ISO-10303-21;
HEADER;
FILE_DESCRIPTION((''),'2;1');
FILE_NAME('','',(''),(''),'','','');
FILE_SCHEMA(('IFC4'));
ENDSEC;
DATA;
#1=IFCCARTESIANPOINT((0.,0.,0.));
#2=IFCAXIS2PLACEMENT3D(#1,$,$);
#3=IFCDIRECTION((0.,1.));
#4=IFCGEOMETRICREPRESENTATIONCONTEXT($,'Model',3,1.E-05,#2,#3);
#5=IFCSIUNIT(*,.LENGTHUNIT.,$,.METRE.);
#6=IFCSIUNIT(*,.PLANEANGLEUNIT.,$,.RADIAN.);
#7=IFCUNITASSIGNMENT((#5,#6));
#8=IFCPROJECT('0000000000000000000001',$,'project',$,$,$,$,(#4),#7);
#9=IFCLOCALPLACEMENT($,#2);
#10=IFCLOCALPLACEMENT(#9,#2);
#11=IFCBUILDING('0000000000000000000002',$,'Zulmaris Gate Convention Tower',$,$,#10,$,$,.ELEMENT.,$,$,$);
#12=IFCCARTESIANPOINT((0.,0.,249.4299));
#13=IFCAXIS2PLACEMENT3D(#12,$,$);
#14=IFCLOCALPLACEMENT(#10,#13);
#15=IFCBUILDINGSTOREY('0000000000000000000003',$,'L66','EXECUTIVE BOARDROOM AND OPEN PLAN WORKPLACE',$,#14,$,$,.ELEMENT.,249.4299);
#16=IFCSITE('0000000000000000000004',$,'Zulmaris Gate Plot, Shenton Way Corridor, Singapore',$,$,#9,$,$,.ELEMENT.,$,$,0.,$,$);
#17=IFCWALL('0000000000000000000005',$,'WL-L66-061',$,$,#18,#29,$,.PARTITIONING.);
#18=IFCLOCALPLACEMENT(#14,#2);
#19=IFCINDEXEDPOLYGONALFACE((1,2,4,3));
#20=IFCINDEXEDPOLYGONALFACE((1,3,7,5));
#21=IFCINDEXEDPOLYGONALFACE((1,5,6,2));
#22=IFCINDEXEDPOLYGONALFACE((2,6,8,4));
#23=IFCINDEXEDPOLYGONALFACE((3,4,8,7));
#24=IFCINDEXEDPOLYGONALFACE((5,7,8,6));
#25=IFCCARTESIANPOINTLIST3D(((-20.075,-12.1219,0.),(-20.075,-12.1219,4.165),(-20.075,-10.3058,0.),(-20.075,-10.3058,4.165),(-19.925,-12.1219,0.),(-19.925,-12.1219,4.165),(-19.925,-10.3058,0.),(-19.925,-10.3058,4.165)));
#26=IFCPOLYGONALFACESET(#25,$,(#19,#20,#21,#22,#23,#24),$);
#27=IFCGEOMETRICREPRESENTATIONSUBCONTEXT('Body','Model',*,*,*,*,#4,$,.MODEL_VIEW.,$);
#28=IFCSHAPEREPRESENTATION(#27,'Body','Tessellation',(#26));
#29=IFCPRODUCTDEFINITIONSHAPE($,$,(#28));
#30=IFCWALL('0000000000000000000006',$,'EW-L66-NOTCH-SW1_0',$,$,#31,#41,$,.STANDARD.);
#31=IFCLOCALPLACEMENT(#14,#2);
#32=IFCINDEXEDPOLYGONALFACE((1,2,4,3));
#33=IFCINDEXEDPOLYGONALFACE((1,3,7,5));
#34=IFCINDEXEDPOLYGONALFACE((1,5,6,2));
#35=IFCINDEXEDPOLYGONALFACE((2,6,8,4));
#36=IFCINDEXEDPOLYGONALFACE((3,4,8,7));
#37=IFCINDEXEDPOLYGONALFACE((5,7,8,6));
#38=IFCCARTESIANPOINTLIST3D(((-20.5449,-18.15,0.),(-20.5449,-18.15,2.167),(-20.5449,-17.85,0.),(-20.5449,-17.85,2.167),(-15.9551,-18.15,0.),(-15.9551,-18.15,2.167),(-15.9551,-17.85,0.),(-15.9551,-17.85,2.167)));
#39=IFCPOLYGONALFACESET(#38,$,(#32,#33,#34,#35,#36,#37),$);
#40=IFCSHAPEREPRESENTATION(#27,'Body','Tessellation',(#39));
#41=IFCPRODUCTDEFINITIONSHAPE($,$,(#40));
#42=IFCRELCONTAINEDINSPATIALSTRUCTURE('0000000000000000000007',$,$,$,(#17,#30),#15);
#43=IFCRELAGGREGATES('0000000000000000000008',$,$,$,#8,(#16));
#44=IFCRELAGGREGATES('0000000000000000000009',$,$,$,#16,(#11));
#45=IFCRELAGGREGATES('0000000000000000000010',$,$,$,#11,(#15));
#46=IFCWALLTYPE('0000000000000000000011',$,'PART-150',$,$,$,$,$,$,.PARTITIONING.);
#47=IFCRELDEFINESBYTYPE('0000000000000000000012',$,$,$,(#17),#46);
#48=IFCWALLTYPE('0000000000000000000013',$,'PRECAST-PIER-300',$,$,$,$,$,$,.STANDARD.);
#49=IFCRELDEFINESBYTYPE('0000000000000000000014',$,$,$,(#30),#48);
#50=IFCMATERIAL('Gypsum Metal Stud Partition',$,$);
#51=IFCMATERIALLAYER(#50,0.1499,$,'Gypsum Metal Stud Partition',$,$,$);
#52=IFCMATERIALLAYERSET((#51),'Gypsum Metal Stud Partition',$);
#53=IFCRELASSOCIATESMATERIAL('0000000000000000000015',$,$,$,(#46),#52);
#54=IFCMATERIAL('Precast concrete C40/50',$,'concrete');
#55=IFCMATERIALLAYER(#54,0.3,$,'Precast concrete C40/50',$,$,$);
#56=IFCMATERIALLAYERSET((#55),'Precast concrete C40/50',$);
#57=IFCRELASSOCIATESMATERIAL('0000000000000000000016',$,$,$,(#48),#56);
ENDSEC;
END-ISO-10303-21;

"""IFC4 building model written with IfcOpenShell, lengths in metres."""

from ifc_helpers import new_model, si_unit, direction, frame, frame_2d, origin, place, context, subcontext, project, spatial, rectangle, extrude, material, layer, layer_set, type_object, element, save


model = new_model("IFC4")

# Units and contexts
model_context = context("Model", 3, precision=1e-05, world=origin(), true_north=direction((0.0, 1.0)))
body_context = subcontext(model_context, "Body", "Model", "MODEL_VIEW")
ifc_project = project(units=[si_unit("LENGTHUNIT", "METRE"), si_unit("PLANEANGLEUNIT", "RADIAN")], contexts=[model_context])

# Site, building, storey
site_placement = place(None, origin())
site = spatial("IfcSite", under=ifc_project, at=site_placement, Name="Zulmaris Gate Plot, Shenton Way Corridor, Singapore", CompositionType="ELEMENT", RefElevation=0.0)
building_placement = place(site_placement, origin())
building = spatial("IfcBuilding", under=site, at=building_placement, Name="Zulmaris Gate Convention Tower", CompositionType="ELEMENT")
storey_placement = place(building_placement, frame((0.0, 0.0, 249.4299)))
storey = spatial("IfcBuildingStorey", under=building, at=storey_placement, Name="L66", Description="EXECUTIVE BOARDROOM AND OPEN PLAN WORKPLACE", CompositionType="ELEMENT", Elevation=249.4299)

# Shared definitions
ifc_material_1 = material(Name="Gypsum Metal Stud Partition")
ifc_layer_1 = layer(ifc_material_1, 0.1499, Name="Gypsum Metal Stud Partition")
ifc_layer_set_1 = layer_set([ifc_layer_1], Name="Gypsum Metal Stud Partition")
wall_type_1 = type_object("IfcWallType", Name="PART-150", PredefinedType="PARTITIONING", material=ifc_layer_set_1)

# Walls
wall_1_placement = place(storey_placement, frame((-20.0, -12.1221, 0.0), z_axis=(0.0, 0.0, 1.0), x_axis=(0.0, 1.0, 0.0)))
element("IfcWall", 1, at=wall_1_placement, inside=storey, type_object=wall_type_1, Name="WL-L66-061", PredefinedType="PARTITIONING", context=body_context, shape_type="SweptSolid", body=[
    extrude(rectangle(XDim=1.8162, YDim=0.1499, at=frame_2d((0.9082, 0.0))), origin(), (0.0, 0.0, 1.0), 4.165),
])
ifc_material_2 = material(Name="Precast concrete C40/50", Category="concrete")
ifc_layer_2 = layer(ifc_material_2, 0.3, Name="Precast concrete C40/50")
ifc_layer_set_2 = layer_set([ifc_layer_2], Name="Precast concrete C40/50")
wall_type_2 = type_object("IfcWallType", Name="PRECAST-PIER-300", PredefinedType="STANDARD", material=ifc_layer_set_2)
wall_2_placement = place(storey_placement, frame((-20.5449, -18.0, 0.0), z_axis=(0.0, 0.0, 1.0), x_axis=(1.0, 0.0, 0.0)))
element("IfcWall", 2, at=wall_2_placement, inside=storey, type_object=wall_type_2, Name="EW-L66-NOTCH-SW1_0", PredefinedType="STANDARD", context=body_context, shape_type="SweptSolid", body=[
    extrude(rectangle(XDim=4.5898, YDim=0.3, at=frame_2d((2.2949, 0.0))), origin(), (0.0, 0.0, 1.0), 2.167),
])

save(model, "model.ifc")
